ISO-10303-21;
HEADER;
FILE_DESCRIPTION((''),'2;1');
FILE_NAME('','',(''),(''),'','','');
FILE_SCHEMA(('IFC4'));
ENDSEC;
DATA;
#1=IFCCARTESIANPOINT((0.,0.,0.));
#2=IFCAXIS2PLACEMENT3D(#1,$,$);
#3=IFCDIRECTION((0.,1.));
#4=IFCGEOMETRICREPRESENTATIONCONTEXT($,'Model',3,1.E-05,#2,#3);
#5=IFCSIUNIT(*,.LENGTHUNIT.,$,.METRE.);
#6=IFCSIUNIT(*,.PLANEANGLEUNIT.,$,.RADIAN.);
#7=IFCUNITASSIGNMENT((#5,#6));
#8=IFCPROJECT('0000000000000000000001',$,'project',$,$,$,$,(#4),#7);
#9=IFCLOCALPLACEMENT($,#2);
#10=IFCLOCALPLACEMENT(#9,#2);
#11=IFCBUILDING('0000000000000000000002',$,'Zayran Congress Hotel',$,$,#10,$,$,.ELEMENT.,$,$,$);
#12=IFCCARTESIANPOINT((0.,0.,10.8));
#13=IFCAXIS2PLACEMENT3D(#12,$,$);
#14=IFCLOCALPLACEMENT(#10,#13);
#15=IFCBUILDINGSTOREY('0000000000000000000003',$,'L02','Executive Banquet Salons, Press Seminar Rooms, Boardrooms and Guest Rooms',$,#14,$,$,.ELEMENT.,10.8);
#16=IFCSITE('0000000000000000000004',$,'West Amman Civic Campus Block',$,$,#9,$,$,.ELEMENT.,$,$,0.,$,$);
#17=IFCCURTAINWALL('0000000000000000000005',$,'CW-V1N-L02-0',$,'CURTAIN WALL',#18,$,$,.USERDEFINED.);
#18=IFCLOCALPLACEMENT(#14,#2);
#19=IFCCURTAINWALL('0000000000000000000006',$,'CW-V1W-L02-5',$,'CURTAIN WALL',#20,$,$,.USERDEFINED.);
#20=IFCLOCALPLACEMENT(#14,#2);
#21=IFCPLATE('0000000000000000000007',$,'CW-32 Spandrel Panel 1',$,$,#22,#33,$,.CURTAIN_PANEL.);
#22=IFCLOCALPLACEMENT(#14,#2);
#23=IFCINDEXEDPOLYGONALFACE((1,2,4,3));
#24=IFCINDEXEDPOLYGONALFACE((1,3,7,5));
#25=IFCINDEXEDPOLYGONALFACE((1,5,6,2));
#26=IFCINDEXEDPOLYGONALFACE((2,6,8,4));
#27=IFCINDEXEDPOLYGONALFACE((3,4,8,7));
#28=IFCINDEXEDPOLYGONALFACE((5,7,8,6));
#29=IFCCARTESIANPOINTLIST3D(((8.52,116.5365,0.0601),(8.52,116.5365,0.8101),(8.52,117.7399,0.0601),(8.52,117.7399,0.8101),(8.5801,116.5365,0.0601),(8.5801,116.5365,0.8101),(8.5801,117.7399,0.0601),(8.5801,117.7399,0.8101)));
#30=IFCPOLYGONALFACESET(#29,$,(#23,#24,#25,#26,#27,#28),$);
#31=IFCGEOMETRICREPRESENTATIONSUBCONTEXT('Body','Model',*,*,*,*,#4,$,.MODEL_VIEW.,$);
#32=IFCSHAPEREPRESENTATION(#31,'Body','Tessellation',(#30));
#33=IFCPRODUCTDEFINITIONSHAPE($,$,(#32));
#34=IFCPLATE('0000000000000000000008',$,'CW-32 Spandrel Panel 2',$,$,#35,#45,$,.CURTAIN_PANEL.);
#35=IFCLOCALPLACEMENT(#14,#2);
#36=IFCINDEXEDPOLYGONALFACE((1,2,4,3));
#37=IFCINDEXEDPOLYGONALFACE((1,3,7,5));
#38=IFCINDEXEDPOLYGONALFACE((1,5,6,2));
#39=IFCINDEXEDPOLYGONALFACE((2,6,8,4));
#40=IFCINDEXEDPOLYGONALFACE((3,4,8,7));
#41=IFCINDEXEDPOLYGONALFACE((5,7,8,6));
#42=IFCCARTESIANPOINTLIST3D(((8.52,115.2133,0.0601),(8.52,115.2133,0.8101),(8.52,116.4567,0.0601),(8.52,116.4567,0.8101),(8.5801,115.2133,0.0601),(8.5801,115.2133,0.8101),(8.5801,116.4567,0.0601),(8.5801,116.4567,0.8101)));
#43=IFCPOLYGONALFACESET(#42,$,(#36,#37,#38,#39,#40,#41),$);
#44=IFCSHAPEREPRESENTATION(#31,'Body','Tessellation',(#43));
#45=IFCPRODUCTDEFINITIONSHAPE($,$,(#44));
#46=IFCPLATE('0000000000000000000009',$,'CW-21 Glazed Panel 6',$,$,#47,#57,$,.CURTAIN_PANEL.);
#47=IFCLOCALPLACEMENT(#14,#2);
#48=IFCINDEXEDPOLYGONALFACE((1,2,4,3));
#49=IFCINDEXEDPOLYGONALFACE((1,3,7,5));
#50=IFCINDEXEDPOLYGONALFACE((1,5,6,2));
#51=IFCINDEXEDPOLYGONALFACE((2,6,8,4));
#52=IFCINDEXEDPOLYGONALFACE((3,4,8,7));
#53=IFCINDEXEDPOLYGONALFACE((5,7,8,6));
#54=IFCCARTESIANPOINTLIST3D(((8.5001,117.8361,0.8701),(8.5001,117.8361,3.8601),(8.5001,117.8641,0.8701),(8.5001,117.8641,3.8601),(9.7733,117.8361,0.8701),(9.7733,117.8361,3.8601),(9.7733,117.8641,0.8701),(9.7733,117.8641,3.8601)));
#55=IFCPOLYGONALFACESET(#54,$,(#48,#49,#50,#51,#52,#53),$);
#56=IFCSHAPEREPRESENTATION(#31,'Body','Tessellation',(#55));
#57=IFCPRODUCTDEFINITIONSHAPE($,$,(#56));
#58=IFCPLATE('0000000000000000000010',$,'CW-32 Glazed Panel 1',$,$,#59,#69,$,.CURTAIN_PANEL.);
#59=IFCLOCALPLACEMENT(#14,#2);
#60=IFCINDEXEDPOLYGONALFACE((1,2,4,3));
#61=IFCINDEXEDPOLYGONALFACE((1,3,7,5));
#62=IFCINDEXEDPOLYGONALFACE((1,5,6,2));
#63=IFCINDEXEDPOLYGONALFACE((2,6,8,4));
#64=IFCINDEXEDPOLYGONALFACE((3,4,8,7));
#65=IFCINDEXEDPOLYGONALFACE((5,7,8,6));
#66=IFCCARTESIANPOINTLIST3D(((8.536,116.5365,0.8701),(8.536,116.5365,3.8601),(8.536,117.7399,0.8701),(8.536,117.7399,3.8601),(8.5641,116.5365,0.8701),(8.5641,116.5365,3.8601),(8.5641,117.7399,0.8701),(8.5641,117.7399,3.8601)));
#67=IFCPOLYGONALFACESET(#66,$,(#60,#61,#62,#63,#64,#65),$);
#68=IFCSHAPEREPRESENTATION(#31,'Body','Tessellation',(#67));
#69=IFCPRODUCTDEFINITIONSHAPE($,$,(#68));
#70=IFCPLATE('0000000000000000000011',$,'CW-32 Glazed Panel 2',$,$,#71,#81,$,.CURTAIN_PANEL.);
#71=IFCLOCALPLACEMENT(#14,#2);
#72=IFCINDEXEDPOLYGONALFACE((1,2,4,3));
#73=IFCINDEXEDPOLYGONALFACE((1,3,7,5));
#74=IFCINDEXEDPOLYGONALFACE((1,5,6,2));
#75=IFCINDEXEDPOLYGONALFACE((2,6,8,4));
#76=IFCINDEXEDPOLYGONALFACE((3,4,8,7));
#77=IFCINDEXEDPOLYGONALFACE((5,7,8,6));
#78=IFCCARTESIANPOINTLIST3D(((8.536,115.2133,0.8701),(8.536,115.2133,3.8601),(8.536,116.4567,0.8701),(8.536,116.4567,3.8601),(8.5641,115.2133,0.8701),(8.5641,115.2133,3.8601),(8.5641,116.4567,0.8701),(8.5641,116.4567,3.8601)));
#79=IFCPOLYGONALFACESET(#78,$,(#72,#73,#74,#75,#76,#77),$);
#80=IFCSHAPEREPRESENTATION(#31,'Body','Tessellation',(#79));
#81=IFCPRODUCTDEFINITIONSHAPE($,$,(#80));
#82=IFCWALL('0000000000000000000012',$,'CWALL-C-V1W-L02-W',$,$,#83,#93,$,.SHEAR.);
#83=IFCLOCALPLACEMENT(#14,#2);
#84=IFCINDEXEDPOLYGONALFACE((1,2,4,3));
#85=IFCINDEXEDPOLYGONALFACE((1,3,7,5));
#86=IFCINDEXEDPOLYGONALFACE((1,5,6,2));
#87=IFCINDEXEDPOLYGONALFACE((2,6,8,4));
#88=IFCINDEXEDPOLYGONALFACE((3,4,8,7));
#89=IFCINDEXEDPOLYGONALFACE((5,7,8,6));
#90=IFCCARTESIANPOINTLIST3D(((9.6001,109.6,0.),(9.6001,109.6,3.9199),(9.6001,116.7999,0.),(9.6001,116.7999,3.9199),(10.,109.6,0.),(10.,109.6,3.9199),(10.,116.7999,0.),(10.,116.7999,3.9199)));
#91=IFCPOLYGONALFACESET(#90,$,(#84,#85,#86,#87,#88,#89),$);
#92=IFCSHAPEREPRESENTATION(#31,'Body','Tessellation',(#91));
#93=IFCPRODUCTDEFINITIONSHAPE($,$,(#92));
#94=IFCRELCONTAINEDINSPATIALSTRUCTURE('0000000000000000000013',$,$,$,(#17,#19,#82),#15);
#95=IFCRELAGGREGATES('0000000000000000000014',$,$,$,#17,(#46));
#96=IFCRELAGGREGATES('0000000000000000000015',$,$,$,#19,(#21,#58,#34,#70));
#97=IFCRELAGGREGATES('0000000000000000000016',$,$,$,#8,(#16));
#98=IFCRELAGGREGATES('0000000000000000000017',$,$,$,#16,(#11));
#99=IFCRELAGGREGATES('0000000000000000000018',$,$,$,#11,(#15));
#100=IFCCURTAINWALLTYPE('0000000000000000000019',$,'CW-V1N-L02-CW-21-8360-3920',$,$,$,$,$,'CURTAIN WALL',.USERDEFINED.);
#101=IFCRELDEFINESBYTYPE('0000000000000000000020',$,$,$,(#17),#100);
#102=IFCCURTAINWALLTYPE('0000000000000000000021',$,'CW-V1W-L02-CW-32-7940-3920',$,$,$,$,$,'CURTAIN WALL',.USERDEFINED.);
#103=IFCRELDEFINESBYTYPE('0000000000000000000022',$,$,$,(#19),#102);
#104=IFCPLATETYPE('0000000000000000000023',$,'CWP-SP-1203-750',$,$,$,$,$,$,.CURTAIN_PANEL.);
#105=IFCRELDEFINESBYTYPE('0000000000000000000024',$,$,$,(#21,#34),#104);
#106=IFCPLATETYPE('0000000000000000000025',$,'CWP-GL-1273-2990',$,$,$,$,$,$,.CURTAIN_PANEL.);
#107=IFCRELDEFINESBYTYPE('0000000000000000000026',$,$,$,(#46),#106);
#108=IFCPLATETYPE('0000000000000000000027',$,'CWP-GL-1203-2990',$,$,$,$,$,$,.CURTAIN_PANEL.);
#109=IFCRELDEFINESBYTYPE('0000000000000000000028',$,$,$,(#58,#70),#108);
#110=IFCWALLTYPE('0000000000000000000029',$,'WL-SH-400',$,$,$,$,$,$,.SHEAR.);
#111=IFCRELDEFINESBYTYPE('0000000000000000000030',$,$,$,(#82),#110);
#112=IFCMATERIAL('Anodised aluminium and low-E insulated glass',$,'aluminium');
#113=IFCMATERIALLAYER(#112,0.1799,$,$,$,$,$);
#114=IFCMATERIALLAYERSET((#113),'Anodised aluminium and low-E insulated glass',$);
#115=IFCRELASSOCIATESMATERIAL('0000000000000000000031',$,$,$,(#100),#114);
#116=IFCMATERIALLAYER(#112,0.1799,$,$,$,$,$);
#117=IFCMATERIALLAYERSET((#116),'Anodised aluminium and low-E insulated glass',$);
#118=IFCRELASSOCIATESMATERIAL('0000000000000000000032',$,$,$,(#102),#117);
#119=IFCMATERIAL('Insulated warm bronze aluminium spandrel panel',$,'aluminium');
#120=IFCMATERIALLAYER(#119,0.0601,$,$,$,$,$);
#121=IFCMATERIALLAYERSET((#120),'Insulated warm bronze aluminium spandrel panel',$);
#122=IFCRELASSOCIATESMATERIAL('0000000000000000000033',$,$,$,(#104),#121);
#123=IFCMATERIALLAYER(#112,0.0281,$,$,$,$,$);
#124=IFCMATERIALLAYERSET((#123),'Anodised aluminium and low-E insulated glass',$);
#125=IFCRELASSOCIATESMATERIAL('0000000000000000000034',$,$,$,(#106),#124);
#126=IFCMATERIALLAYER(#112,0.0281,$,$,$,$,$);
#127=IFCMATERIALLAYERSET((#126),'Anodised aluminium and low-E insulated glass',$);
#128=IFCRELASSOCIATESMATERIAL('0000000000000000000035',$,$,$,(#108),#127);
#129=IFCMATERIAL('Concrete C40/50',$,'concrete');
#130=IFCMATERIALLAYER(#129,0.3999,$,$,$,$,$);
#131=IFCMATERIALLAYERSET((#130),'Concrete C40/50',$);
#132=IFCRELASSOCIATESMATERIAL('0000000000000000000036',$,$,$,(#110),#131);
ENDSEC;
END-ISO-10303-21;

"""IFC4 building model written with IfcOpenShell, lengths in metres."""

from ifc_helpers import new_model, si_unit, direction, frame, frame_2d, origin, origin_2d, place, context, subcontext, project, spatial, rectangle, extrude, material, layer, layer_set, type_object, element, aggregate, save


model = new_model("IFC4")

# Units and contexts
model_context = context("Model", 3, precision=1e-05, world=origin(), true_north=direction((0.0, 1.0)))
body_context = subcontext(model_context, "Body", "Model", "MODEL_VIEW")
ifc_project = project(units=[si_unit("LENGTHUNIT", "METRE"), si_unit("PLANEANGLEUNIT", "RADIAN")], contexts=[model_context])

# Site, building, storey
site_placement = place(None, origin())
site = spatial("IfcSite", under=ifc_project, at=site_placement, Name="West Amman Civic Campus Block", CompositionType="ELEMENT", RefElevation=0.0)
building_placement = place(site_placement, origin())
building = spatial("IfcBuilding", under=site, at=building_placement, Name="Zayran Congress Hotel", CompositionType="ELEMENT")
storey_placement = place(building_placement, frame((0.0, 0.0, 10.8)))
storey = spatial("IfcBuildingStorey", under=building, at=storey_placement, Name="L02", Description="Executive Banquet Salons, Press Seminar Rooms, Boardrooms and Guest Rooms", CompositionType="ELEMENT", Elevation=10.8)

# Curtain walls
ifc_material_1 = material(Name="Anodised aluminium and low-E insulated glass", Category="aluminium")
ifc_layer_1 = layer(ifc_material_1, 0.1799)
ifc_layer_set_1 = layer_set([ifc_layer_1], Name="Anodised aluminium and low-E insulated glass")
curtain_wall_type_1 = type_object("IfcCurtainWallType", Name="CW-V1N-L02-CW-21-8360-3920", ElementType="CURTAIN WALL", PredefinedType="USERDEFINED", material=ifc_layer_set_1)
curtain_wall_1_placement = place(storey_placement, origin())
curtain_wall_1 = element("IfcCurtainWall", 1, at=curtain_wall_1_placement, inside=storey, type_object=curtain_wall_type_1, Name="CW-V1N-L02-0", ObjectType="CURTAIN WALL", PredefinedType="USERDEFINED")
ifc_layer_2 = layer(ifc_material_1, 0.1799)
ifc_layer_set_2 = layer_set([ifc_layer_2], Name="Anodised aluminium and low-E insulated glass")
curtain_wall_type_2 = type_object("IfcCurtainWallType", Name="CW-V1W-L02-CW-32-7940-3920", ElementType="CURTAIN WALL", PredefinedType="USERDEFINED", material=ifc_layer_set_2)
curtain_wall_2_placement = place(storey_placement, origin())
curtain_wall_2 = element("IfcCurtainWall", 2, at=curtain_wall_2_placement, inside=storey, type_object=curtain_wall_type_2, Name="CW-V1W-L02-5", ObjectType="CURTAIN WALL", PredefinedType="USERDEFINED")

# Plates
ifc_material_2 = material(Name="Insulated warm bronze aluminium spandrel panel", Category="aluminium")
ifc_layer_3 = layer(ifc_material_2, 0.0601)
ifc_layer_set_3 = layer_set([ifc_layer_3], Name="Insulated warm bronze aluminium spandrel panel")
plate_type_1 = type_object("IfcPlateType", Name="CWP-SP-1203-750", PredefinedType="CURTAIN_PANEL", material=ifc_layer_set_3)
plate_1_placement = place(storey_placement, frame((8.55, 117.1382, 0.0601), z_axis=(0.0, 0.0, 1.0), x_axis=(0.0, 1.0, 0.0)))
plate_1 = element("IfcPlate", 3, at=plate_1_placement, type_object=plate_type_1, Name="CW-32 Spandrel Panel 1", PredefinedType="CURTAIN_PANEL", context=body_context, shape_type="SweptSolid", body=[
    extrude(rectangle(XDim=1.2034, YDim=0.0601, at=origin_2d()), origin(), (0.0, 0.0, 1.0), 0.75),
])
plate_2_placement = place(storey_placement, frame((8.55, 115.835, 0.0601), z_axis=(0.0, 0.0, 1.0), x_axis=(0.0, 1.0, 0.0)))
plate_2 = element("IfcPlate", 4, at=plate_2_placement, type_object=plate_type_1, Name="CW-32 Spandrel Panel 2", PredefinedType="CURTAIN_PANEL", context=body_context, shape_type="SweptSolid", body=[
    extrude(rectangle(XDim=1.2434, YDim=0.0601, at=origin_2d()), origin(), (0.0, 0.0, 1.0), 0.75),
])
ifc_layer_4 = layer(ifc_material_1, 0.0281)
ifc_layer_set_4 = layer_set([ifc_layer_4], Name="Anodised aluminium and low-E insulated glass")
plate_type_2 = type_object("IfcPlateType", Name="CWP-GL-1273-2990", PredefinedType="CURTAIN_PANEL", material=ifc_layer_set_4)
plate_3_placement = place(storey_placement, frame((9.1367, 117.8501, 0.8701), z_axis=(0.0, 0.0, 1.0), x_axis=(1.0, 0.0, 0.0)))
plate_3 = element("IfcPlate", 5, at=plate_3_placement, type_object=plate_type_2, Name="CW-21 Glazed Panel 6", PredefinedType="CURTAIN_PANEL", context=body_context, shape_type="SweptSolid", body=[
    extrude(rectangle(XDim=1.2732, YDim=0.0281, at=origin_2d()), origin(), (0.0, 0.0, 1.0), 2.99),
])
aggregate(curtain_wall_1, [plate_3])
ifc_layer_5 = layer(ifc_material_1, 0.0281)
ifc_layer_set_5 = layer_set([ifc_layer_5], Name="Anodised aluminium and low-E insulated glass")
plate_type_3 = type_object("IfcPlateType", Name="CWP-GL-1203-2990", PredefinedType="CURTAIN_PANEL", material=ifc_layer_set_5)
plate_4_placement = place(storey_placement, frame((8.55, 117.1382, 0.8701), z_axis=(0.0, 0.0, 1.0), x_axis=(0.0, 1.0, 0.0)))
plate_4 = element("IfcPlate", 6, at=plate_4_placement, type_object=plate_type_3, Name="CW-32 Glazed Panel 1", PredefinedType="CURTAIN_PANEL", context=body_context, shape_type="SweptSolid", body=[
    extrude(rectangle(XDim=1.2034, YDim=0.0281, at=origin_2d()), origin(), (0.0, 0.0, 1.0), 2.99),
])
plate_5_placement = place(storey_placement, frame((8.55, 115.835, 0.8701), z_axis=(0.0, 0.0, 1.0), x_axis=(0.0, 1.0, 0.0)))
plate_5 = element("IfcPlate", 7, at=plate_5_placement, type_object=plate_type_3, Name="CW-32 Glazed Panel 2", PredefinedType="CURTAIN_PANEL", context=body_context, shape_type="SweptSolid", body=[
    extrude(rectangle(XDim=1.2434, YDim=0.0281, at=origin_2d()), origin(), (0.0, 0.0, 1.0), 2.99),
])
aggregate(curtain_wall_2, [plate_1, plate_4, plate_2, plate_5])

# Wall
ifc_material_3 = material(Name="Concrete C40/50", Category="concrete")
ifc_layer_6 = layer(ifc_material_3, 0.3999)
ifc_layer_set_6 = layer_set([ifc_layer_6], Name="Concrete C40/50")
wall_type = type_object("IfcWallType", Name="WL-SH-400", PredefinedType="SHEAR", material=ifc_layer_set_6)
wall_placement = place(storey_placement, frame((9.8, 116.8, 0.0), z_axis=(0.0, 0.0, 1.0), x_axis=(0.0, -1.0, 0.0)))
element("IfcWall", 8, at=wall_placement, inside=storey, type_object=wall_type, Name="CWALL-C-V1W-L02-W", PredefinedType="SHEAR", context=body_context, shape_type="SweptSolid", body=[
    extrude(rectangle(XDim=7.2, YDim=0.3999, at=frame_2d((3.6001, 0.0))), origin(), (0.0, 0.0, 1.0), 3.9199),
])

save(model, "model.ifc")
